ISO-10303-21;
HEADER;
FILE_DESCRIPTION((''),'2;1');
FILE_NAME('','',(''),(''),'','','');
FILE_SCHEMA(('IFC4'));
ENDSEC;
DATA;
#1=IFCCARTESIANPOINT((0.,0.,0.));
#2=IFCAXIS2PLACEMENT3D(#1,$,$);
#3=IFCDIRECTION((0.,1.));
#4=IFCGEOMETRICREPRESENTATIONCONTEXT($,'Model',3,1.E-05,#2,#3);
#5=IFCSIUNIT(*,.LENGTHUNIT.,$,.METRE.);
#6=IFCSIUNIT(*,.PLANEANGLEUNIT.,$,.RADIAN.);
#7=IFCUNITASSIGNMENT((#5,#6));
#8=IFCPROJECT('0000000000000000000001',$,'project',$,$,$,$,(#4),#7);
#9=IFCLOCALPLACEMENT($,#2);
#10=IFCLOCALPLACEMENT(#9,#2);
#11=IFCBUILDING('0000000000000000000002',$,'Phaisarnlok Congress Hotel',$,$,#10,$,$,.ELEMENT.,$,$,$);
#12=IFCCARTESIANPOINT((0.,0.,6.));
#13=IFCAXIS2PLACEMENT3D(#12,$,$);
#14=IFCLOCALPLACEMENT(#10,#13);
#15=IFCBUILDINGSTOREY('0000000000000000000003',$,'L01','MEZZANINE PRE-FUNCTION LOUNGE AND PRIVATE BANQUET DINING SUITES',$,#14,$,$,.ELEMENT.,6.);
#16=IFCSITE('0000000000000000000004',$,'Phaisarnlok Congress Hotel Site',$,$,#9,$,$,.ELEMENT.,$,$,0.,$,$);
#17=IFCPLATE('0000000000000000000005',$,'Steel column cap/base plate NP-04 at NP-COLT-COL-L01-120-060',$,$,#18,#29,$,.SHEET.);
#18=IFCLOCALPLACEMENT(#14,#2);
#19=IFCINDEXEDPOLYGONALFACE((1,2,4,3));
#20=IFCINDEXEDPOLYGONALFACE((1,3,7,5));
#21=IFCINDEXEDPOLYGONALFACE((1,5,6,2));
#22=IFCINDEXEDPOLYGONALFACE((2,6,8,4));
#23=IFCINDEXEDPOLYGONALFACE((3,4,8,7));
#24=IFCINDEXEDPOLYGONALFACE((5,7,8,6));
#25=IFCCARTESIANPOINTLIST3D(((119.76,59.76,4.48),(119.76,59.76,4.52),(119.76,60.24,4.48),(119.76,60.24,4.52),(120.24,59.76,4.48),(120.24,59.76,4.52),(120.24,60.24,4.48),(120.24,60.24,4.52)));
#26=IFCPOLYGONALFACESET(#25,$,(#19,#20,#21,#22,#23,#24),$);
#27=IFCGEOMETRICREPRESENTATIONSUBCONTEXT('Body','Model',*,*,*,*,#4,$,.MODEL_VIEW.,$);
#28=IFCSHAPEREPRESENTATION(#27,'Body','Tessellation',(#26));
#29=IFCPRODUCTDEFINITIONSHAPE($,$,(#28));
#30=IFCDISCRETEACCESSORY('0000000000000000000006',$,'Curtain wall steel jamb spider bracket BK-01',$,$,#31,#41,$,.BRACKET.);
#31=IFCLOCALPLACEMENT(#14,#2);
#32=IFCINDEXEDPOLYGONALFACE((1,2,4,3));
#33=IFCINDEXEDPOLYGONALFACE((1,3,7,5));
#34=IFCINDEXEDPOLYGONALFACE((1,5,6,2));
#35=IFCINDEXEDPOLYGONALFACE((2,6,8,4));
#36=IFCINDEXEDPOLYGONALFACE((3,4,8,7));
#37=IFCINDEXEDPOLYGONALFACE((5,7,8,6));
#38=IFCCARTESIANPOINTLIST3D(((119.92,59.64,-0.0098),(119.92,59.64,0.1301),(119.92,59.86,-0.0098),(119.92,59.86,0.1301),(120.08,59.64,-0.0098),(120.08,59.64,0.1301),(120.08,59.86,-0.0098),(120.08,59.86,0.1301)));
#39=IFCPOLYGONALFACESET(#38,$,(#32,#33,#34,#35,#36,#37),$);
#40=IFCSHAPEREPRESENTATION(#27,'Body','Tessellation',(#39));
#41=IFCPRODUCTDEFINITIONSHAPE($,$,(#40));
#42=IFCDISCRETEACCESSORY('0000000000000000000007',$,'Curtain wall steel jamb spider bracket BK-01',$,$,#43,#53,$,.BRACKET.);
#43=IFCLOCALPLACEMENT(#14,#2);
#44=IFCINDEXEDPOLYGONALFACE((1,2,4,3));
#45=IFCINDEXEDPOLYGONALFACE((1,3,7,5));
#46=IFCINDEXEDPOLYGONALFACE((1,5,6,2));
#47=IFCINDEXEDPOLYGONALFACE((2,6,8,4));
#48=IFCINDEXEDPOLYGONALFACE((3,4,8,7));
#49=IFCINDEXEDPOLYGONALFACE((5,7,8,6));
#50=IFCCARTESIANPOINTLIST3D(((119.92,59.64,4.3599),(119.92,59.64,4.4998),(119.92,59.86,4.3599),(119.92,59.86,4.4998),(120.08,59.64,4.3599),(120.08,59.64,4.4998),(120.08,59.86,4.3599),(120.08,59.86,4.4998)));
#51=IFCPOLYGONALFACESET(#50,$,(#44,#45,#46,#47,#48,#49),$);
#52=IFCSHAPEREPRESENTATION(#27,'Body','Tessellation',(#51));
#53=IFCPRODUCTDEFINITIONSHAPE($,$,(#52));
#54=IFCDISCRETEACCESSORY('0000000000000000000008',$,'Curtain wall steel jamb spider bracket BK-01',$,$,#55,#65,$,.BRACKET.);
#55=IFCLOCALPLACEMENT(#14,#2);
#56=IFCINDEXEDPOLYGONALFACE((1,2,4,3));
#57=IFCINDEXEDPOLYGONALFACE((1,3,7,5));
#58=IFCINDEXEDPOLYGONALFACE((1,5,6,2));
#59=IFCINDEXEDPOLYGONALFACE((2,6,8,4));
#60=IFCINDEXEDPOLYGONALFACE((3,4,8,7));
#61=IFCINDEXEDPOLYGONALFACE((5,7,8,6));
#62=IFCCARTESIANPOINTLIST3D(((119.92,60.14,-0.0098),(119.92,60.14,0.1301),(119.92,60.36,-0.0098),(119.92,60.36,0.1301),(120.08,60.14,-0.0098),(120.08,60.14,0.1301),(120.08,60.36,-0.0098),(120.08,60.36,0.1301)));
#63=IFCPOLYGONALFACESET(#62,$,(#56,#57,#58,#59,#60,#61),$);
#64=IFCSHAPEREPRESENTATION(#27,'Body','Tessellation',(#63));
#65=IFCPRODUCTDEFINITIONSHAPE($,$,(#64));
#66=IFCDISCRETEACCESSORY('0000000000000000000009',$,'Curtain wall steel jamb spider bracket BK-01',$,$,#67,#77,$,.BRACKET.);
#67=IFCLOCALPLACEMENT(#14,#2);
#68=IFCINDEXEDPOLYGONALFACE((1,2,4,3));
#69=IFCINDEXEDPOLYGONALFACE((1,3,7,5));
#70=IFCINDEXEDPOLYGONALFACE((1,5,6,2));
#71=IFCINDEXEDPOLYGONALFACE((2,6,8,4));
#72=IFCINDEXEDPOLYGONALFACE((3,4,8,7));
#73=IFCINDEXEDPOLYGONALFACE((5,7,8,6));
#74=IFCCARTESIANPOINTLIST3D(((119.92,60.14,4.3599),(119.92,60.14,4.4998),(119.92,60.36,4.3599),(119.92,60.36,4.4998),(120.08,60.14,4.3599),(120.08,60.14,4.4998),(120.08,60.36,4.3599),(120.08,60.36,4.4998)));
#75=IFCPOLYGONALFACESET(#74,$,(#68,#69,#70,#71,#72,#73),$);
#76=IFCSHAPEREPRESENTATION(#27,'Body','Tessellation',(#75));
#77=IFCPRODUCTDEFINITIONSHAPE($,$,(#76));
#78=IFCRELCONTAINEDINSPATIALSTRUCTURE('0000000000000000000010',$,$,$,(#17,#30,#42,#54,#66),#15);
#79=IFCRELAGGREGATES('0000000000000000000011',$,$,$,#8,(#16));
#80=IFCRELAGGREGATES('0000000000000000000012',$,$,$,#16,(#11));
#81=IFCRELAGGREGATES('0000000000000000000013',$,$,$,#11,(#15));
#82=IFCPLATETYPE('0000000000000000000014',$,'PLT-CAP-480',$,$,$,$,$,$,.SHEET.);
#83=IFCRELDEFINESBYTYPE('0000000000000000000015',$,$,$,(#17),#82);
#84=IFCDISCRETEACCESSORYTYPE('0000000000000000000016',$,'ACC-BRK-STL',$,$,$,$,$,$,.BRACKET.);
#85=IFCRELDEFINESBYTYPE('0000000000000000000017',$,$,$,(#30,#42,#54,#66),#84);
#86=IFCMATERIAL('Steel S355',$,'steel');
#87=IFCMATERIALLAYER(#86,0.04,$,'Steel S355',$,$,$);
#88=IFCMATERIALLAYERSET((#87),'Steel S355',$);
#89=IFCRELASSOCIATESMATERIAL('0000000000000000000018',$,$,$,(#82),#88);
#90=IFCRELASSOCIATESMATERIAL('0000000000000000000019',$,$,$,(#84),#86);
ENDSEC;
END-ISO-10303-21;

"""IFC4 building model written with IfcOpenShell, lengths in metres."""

from ifc_helpers import new_model, si_unit, direction, frame, origin, origin_2d, place, context, subcontext, project, spatial, rectangle, extrude, material, layer, layer_set, type_object, element, save


model = new_model("IFC4")

# Units and contexts
model_context = context("Model", 3, precision=1e-05, world=origin(), true_north=direction((0.0, 1.0)))
body_context = subcontext(model_context, "Body", "Model", "MODEL_VIEW")
ifc_project = project(units=[si_unit("LENGTHUNIT", "METRE"), si_unit("PLANEANGLEUNIT", "RADIAN")], contexts=[model_context])

# Site, building, storey
site_placement = place(None, origin())
site = spatial("IfcSite", under=ifc_project, at=site_placement, Name="Phaisarnlok Congress Hotel Site", CompositionType="ELEMENT", RefElevation=0.0)
building_placement = place(site_placement, origin())
building = spatial("IfcBuilding", under=site, at=building_placement, Name="Phaisarnlok Congress Hotel", CompositionType="ELEMENT")
storey_placement = place(building_placement, frame((0.0, 0.0, 6.0)))
storey = spatial("IfcBuildingStorey", under=building, at=storey_placement, Name="L01", Description="MEZZANINE PRE-FUNCTION LOUNGE AND PRIVATE BANQUET DINING SUITES", CompositionType="ELEMENT", Elevation=6.0)

# Shared definitions
ifc_material_1 = material(Name="Steel S355", Category="steel")

# Plate
ifc_layer_1 = layer(ifc_material_1, 0.04, Name="Steel S355")
ifc_layer_set_1 = layer_set([ifc_layer_1], Name="Steel S355")
plate_type_1 = type_object("IfcPlateType", Name="PLT-CAP-480", PredefinedType="SHEET", material=ifc_layer_set_1)
plate_1_placement = place(storey_placement, frame((120.0, 60.0, 4.48), z_axis=(0.0, 0.0, 1.0), x_axis=(1.0, 0.0, 0.0)))
element("IfcPlate", 1, at=plate_1_placement, inside=storey, type_object=plate_type_1, Name="Steel column cap/base plate NP-04 at NP-COLT-COL-L01-120-060", PredefinedType="SHEET", context=body_context, shape_type="SweptSolid", body=[
    extrude(rectangle(XDim=0.48, YDim=0.48, at=origin_2d()), origin(), (0.0, 0.0, 1.0), 0.04),
])

# Discrete accessories
discrete_accessory_type = type_object("IfcDiscreteAccessoryType", Name="ACC-BRK-STL", PredefinedType="BRACKET", material=ifc_material_1)
for number, where, z_axis, x_axis, name in (
    (2, (120.0, 59.75, -0.0098), (0.0, 0.0, 1.0), (1.0, 0.0, 0.0), "Curtain wall steel jamb spider bracket BK-01"),
    (3, (120.0, 59.75, 4.3599), (0.0, 0.0, 1.0), (1.0, 0.0, 0.0), "Curtain wall steel jamb spider bracket BK-01"),
    (4, (120.0, 60.25, -0.0098), (0.0, 0.0, 1.0), (1.0, 0.0, 0.0), "Curtain wall steel jamb spider bracket BK-01"),
    (5, (120.0, 60.25, 4.3599), (0.0, 0.0, 1.0), (1.0, 0.0, 0.0), "Curtain wall steel jamb spider bracket BK-01"),
):
    element("IfcDiscreteAccessory", number, at=place(storey_placement, frame(where, z_axis=z_axis, x_axis=x_axis)), inside=storey, type_object=discrete_accessory_type, Name=name, PredefinedType="BRACKET", context=body_context, shape_type="SweptSolid", body=[
        extrude(rectangle(XDim=0.1599, YDim=0.22, at=origin_2d()), origin(), (0.0, 0.0, 1.0), 0.1399),
    ])

save(model, "model.ifc")
